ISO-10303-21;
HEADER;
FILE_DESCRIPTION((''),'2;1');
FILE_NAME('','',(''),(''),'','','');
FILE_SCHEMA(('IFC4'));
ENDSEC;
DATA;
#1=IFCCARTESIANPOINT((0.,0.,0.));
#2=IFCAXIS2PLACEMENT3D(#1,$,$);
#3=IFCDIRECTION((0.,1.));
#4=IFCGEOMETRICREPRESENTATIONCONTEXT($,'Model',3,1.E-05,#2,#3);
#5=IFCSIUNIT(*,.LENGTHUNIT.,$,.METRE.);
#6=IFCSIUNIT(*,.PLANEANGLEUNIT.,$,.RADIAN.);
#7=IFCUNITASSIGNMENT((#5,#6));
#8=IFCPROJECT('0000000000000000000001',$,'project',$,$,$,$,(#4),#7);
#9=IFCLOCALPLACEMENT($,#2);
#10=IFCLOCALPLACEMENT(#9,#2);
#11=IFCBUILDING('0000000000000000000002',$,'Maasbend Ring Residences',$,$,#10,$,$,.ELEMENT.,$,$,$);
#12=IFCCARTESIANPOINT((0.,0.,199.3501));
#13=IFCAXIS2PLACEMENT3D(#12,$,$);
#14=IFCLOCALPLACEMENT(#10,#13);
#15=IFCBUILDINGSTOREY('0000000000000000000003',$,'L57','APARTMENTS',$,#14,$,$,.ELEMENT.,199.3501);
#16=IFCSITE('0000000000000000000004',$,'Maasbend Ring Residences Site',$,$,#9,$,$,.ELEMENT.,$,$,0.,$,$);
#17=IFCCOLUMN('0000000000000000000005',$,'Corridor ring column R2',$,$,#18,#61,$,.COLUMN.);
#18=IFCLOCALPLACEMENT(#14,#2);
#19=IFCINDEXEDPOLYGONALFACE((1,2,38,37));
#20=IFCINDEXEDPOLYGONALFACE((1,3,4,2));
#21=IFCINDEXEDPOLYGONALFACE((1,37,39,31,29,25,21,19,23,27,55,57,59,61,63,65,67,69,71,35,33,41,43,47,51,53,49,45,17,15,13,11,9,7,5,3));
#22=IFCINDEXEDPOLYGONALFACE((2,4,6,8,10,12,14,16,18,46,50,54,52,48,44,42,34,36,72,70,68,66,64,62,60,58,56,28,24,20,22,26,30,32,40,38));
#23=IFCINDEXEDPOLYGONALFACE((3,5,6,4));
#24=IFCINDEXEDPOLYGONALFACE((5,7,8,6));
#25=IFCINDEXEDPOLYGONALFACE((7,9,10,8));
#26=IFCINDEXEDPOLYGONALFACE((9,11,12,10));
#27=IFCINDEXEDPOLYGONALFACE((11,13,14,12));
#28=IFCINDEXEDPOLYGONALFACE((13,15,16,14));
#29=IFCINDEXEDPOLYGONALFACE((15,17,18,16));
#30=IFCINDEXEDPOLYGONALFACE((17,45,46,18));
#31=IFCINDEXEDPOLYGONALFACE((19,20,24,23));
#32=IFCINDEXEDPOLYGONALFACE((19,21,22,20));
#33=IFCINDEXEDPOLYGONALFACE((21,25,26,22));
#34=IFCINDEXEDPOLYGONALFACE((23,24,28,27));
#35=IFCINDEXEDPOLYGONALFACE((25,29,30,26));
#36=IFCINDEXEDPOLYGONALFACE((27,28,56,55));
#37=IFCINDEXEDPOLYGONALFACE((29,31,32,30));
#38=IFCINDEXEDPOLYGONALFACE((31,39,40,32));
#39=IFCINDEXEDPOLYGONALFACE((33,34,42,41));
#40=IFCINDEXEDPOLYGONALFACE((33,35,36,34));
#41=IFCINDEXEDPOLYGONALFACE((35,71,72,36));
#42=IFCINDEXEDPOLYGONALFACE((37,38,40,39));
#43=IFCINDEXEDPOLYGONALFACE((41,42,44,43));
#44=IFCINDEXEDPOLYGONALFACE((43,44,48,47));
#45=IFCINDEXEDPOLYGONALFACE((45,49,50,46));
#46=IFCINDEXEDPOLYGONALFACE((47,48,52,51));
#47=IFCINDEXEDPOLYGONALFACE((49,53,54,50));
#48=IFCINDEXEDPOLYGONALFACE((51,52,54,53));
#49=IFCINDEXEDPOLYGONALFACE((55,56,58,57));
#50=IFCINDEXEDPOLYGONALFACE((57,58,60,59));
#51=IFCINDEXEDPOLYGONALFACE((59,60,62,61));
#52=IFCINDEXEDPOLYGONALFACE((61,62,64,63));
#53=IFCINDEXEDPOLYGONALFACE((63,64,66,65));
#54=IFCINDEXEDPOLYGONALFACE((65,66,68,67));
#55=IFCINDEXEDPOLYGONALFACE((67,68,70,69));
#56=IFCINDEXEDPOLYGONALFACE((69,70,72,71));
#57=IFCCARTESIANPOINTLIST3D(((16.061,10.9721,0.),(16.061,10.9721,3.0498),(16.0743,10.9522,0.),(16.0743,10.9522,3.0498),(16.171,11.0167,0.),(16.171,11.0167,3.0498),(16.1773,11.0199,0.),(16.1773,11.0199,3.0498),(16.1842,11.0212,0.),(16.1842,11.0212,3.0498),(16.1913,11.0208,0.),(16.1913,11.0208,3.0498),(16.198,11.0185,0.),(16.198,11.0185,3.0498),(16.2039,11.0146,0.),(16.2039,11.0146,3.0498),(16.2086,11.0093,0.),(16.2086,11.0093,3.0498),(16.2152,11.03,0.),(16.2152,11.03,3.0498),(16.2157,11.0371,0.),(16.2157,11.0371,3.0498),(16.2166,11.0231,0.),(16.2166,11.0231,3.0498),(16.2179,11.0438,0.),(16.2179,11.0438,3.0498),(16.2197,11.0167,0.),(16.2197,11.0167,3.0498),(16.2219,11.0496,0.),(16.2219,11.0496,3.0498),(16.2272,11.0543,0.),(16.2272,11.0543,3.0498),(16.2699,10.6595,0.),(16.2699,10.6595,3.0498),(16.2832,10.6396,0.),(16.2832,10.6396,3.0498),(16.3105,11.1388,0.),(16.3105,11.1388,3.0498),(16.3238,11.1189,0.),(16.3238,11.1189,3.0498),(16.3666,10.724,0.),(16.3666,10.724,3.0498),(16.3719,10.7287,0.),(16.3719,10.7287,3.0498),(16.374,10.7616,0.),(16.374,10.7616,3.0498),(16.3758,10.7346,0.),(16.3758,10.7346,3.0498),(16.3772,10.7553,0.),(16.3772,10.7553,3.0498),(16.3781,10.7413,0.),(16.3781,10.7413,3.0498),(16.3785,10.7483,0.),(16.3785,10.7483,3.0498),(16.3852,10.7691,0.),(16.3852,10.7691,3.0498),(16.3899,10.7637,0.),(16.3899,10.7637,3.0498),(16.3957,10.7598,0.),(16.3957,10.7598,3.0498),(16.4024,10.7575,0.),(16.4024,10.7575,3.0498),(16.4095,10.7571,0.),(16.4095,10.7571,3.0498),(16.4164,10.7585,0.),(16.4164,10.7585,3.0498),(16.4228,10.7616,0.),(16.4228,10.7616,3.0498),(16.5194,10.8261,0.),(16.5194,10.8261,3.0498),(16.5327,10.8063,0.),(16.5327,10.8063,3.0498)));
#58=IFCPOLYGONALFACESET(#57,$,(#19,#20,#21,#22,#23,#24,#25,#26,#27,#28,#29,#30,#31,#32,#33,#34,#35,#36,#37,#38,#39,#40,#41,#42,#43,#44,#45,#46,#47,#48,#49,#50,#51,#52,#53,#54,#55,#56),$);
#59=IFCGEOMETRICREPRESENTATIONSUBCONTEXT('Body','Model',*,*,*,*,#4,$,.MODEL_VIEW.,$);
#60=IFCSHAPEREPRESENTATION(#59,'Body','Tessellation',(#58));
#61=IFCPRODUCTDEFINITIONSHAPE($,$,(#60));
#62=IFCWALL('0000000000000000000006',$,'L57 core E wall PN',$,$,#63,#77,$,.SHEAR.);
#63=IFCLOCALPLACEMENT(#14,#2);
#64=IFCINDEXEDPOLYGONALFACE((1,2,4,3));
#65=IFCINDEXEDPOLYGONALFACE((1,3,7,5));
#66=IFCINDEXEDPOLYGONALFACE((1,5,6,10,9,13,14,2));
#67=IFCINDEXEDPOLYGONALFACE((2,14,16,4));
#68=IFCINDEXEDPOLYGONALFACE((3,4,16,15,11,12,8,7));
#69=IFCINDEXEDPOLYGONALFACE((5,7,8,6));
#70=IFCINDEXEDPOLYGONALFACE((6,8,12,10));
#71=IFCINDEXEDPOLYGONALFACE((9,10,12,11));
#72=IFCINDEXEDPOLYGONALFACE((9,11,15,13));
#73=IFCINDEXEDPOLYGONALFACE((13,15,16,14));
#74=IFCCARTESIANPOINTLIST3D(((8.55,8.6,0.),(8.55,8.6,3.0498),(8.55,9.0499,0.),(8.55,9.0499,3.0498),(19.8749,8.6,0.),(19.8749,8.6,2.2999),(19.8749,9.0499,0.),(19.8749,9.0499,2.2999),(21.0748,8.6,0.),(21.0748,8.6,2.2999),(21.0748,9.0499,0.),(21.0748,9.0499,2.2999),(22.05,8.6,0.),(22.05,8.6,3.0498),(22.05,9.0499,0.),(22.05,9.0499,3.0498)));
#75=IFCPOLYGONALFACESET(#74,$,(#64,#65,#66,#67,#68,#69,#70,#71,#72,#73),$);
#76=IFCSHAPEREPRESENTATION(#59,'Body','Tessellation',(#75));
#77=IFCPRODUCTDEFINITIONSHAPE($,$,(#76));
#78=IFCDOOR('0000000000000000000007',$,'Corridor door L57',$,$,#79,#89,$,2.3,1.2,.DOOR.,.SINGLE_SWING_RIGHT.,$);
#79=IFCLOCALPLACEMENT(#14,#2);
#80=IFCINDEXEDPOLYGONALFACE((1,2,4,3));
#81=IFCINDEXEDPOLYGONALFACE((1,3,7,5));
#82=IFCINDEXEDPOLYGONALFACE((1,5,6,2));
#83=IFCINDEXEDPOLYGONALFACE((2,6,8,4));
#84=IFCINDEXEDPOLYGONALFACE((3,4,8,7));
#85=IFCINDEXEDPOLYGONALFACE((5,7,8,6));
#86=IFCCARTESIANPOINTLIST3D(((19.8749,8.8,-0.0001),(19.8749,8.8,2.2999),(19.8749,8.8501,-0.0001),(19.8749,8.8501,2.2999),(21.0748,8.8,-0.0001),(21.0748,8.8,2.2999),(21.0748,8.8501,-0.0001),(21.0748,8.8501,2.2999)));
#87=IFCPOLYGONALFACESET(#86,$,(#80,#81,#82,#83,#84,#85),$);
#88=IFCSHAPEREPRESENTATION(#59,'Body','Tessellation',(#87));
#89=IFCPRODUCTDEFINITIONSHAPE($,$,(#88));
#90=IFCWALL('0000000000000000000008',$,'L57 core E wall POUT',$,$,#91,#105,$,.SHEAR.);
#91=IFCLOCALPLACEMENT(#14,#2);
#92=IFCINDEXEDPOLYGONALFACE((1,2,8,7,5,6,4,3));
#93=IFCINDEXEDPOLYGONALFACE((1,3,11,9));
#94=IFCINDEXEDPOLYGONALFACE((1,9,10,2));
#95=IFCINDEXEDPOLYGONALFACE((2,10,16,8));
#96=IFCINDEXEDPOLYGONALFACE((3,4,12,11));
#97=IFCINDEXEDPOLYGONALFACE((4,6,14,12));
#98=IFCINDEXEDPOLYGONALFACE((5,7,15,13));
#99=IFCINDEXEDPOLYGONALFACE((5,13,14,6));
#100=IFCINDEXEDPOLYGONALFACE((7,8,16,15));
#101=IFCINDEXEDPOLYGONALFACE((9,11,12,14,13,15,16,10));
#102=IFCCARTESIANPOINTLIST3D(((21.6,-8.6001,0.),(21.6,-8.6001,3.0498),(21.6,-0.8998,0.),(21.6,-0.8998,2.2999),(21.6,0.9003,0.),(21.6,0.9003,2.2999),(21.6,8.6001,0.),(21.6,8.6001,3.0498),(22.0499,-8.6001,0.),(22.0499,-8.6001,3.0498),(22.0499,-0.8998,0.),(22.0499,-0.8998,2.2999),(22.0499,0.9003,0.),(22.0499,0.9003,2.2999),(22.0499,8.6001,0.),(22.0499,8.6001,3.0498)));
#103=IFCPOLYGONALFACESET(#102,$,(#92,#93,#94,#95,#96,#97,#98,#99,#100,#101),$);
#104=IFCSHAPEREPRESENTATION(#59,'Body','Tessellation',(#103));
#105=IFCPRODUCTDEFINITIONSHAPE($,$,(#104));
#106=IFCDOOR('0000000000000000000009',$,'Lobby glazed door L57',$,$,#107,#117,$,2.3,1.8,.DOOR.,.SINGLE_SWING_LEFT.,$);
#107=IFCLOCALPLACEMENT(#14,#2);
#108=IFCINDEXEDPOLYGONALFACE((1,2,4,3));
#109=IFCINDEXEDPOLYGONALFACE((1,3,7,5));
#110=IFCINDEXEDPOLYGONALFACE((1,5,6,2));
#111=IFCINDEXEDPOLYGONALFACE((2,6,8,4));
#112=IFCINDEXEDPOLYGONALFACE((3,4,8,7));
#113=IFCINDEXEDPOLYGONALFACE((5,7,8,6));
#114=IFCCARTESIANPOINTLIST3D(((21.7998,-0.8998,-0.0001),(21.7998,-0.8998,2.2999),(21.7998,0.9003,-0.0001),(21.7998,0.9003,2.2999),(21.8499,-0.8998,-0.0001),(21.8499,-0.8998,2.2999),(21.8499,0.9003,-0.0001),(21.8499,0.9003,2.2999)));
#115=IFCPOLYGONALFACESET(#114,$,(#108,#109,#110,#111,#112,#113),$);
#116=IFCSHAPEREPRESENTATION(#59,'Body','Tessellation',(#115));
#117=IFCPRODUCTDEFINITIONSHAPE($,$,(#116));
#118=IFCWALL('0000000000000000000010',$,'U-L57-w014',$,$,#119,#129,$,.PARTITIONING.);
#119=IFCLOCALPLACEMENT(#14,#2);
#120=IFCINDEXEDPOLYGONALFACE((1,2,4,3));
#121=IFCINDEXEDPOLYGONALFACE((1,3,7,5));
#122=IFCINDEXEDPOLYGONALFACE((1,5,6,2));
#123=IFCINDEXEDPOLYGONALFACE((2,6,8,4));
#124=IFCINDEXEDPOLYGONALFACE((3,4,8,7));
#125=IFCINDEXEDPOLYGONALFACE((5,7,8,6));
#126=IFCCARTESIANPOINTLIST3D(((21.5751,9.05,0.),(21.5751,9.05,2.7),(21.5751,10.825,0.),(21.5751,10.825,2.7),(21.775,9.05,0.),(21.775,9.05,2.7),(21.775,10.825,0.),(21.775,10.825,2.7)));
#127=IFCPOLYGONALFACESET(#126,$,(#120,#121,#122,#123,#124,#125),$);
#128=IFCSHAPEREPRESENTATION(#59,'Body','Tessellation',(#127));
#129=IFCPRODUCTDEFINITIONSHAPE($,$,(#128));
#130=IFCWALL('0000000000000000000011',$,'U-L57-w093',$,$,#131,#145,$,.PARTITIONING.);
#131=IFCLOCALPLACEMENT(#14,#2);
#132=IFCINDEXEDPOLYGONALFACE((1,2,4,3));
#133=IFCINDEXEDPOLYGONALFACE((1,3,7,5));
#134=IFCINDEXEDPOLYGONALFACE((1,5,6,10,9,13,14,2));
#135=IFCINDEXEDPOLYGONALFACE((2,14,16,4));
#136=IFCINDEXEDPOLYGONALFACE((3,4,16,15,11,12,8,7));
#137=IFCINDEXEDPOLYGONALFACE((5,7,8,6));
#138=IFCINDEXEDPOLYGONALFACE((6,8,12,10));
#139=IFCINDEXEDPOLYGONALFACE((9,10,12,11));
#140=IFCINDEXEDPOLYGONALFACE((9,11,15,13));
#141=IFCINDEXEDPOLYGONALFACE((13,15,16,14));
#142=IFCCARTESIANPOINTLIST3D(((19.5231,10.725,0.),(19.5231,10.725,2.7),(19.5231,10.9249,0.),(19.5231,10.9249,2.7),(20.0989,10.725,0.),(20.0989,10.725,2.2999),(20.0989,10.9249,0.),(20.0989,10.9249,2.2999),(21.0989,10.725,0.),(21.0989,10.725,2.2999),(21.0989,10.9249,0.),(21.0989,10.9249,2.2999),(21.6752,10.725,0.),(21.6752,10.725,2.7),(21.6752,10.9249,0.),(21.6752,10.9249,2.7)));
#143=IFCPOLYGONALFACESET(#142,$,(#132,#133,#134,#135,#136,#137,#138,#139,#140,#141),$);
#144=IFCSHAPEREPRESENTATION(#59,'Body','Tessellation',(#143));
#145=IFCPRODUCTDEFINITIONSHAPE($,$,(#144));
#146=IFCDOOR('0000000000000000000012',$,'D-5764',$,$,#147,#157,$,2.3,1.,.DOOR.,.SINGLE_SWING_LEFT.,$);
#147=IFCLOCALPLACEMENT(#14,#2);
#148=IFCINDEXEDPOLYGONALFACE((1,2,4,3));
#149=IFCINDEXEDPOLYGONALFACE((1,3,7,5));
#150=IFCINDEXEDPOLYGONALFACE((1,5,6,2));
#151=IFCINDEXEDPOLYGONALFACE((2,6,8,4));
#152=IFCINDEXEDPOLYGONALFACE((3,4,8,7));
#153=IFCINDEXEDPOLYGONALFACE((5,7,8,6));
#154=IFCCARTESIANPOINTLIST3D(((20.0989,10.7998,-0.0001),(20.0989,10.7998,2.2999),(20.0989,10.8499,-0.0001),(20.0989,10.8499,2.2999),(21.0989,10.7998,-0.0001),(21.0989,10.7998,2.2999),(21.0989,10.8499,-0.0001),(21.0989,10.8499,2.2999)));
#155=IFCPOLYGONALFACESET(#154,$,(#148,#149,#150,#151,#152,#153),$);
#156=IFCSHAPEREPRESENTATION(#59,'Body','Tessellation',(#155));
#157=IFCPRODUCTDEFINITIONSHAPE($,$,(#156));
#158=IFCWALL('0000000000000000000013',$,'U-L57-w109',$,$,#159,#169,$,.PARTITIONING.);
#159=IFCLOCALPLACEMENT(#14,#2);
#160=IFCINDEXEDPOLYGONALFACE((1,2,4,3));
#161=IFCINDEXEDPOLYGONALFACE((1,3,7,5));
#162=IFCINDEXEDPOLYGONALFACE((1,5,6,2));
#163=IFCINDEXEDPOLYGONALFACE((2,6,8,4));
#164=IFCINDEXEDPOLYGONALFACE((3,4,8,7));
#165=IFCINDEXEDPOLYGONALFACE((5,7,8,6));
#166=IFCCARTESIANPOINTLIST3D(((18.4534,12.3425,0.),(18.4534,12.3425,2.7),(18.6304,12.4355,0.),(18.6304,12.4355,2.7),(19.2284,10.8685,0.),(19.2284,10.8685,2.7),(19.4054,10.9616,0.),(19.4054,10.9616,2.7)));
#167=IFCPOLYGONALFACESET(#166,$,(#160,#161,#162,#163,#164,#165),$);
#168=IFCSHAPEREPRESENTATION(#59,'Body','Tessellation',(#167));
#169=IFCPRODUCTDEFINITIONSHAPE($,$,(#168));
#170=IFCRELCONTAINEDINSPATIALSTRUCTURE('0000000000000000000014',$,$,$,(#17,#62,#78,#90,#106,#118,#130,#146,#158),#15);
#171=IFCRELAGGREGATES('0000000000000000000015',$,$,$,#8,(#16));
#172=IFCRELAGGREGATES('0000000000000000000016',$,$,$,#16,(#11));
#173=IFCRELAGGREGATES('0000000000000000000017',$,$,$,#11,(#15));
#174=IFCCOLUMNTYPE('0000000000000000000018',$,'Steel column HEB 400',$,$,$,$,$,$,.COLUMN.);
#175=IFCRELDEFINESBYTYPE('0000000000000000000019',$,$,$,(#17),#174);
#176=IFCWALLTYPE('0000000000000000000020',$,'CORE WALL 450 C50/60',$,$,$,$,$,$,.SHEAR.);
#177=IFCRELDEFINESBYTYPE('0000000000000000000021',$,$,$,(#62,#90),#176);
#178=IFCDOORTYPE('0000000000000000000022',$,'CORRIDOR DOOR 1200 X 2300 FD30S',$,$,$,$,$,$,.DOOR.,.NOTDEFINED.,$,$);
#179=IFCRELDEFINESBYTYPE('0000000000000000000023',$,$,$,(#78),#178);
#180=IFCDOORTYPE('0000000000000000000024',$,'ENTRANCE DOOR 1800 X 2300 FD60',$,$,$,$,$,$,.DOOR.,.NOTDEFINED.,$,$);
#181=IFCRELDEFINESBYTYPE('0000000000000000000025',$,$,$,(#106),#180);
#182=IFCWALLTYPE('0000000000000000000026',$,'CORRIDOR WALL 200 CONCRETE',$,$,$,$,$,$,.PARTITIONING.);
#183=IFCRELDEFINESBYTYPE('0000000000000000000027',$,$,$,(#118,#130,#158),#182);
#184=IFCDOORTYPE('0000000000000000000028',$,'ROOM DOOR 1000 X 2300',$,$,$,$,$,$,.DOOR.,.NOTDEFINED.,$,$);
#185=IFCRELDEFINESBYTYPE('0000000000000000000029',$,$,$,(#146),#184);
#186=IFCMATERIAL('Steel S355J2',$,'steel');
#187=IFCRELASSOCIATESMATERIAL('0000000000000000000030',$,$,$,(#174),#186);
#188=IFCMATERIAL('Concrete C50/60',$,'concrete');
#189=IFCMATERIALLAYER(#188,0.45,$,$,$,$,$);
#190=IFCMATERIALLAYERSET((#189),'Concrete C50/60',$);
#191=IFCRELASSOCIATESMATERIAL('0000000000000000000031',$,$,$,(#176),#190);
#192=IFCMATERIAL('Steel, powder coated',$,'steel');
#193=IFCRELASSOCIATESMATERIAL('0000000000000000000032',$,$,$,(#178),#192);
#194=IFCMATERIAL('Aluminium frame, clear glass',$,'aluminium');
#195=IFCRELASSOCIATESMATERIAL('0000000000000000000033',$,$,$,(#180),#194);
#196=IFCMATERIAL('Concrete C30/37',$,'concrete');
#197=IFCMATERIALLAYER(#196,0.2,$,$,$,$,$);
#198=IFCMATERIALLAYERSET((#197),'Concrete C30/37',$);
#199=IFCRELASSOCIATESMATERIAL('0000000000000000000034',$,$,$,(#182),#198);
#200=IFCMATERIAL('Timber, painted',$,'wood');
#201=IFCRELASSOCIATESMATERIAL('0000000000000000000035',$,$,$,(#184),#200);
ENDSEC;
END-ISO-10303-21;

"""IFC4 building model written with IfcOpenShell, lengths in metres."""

from ifc_helpers import new_model, si_unit, direction, frame, frame_2d, origin, origin_2d, place, context, subcontext, project, spatial, rectangle, i_section, extrude, material, layer, layer_set, material_profile, profile_set, type_object, element, fill, save


model = new_model("IFC4")

# Units and contexts
model_context = context("Model", 3, precision=1e-05, world=origin(), true_north=direction((0.0, 1.0)))
body_context = subcontext(model_context, "Body", "Model", "MODEL_VIEW")
ifc_project = project(units=[si_unit("LENGTHUNIT", "METRE"), si_unit("PLANEANGLEUNIT", "RADIAN")], contexts=[model_context])

# Site, building, storey
site_placement = place(None, origin())
site = spatial("IfcSite", under=ifc_project, at=site_placement, Name="Maasbend Ring Residences Site", CompositionType="ELEMENT", RefElevation=0.0)
building_placement = place(site_placement, origin())
building = spatial("IfcBuilding", under=site, at=building_placement, Name="Maasbend Ring Residences", CompositionType="ELEMENT")
storey_placement = place(building_placement, frame((0.0, 0.0, 199.3501)))
storey = spatial("IfcBuildingStorey", under=building, at=storey_placement, Name="L57", Description="APARTMENTS", CompositionType="ELEMENT", Elevation=199.3501)

# Column
ifc_material_1 = material(Name="Steel S355J2", Category="steel")
ifc_material_profile = material_profile(ifc_material_1, i_section(OverallWidth=0.3, OverallDepth=0.3999, WebThickness=0.0134, FlangeThickness=0.0239, FilletRadius=0.0271, at=origin_2d()), Name="HEB 400")
ifc_profile_set = profile_set([ifc_material_profile], Name="Steel S355J2")
column_type = type_object("IfcColumnType", Name="Steel column HEB 400", PredefinedType="COLUMN", material=ifc_profile_set)
column_placement = place(storey_placement, frame((16.2969, 10.8892, 0.0), z_axis=(0.0, 0.0, 1.0), x_axis=(0.83147, 0.55557, 0.0)))
element("IfcColumn", 1, at=column_placement, inside=storey, type_object=column_type, Name="Corridor ring column R2", PredefinedType="COLUMN", context=body_context, shape_type="SweptSolid", body=[
    extrude(i_section(OverallWidth=0.3, OverallDepth=0.3999, WebThickness=0.0134, FlangeThickness=0.0239, FilletRadius=0.0271, at=origin_2d()), origin(), (0.0, 0.0, 1.0), 3.0498),
])

# Walls, openings, doors
ifc_material_2 = material(Name="Concrete C50/60", Category="concrete")
ifc_layer_1 = layer(ifc_material_2, 0.45)
ifc_layer_set_1 = layer_set([ifc_layer_1], Name="Concrete C50/60")
wall_type_1 = type_object("IfcWallType", Name="CORE WALL 450 C50/60", PredefinedType="SHEAR", material=ifc_layer_set_1)
wall_1_placement = place(storey_placement, frame((22.05, 8.825, 0.0), z_axis=(0.0, 0.0, 1.0), x_axis=(-1.0, 0.0, 0.0)))
wall_1 = element("IfcWall", 2, at=wall_1_placement, inside=storey, type_object=wall_type_1, Name="L57 core E wall PN", PredefinedType="SHEAR", context=body_context, shape_type="SweptSolid", body=[
    extrude(rectangle(XDim=13.5, YDim=0.45, at=frame_2d((6.75, 0.0))), origin(), (0.0, 0.0, 1.0), 3.0498),
])
opening_1_placement = place(wall_1_placement, frame((0.9751, 0.0, 0.0)))
opening_1 = element("IfcOpeningElement", 3, at=opening_1_placement, cuts=wall_1, PredefinedType="OPENING", context=body_context, shape_type="SweptSolid", body=[
    extrude(rectangle(XDim=1.2, YDim=2.3, at=frame_2d((0.6001, 1.1499))), frame((0.0, 0.2349, 0.0), z_axis=(0.0, -1.0, 0.0), x_axis=(1.0, 0.0, 0.0)), (0.0, 0.0, 1.0), 0.47),
])
ifc_material_3 = material(Name="Steel, powder coated", Category="steel")
door_type_1 = type_object("IfcDoorType", Name="CORRIDOR DOOR 1200 X 2300 FD30S", OperationType="NOTDEFINED", PredefinedType="DOOR", material=ifc_material_3)
door_1_placement = place(opening_1_placement, origin())
door_1 = element("IfcDoor", 4, at=door_1_placement, inside=storey, type_object=door_type_1, Name="Corridor door L57", OperationType="SINGLE_SWING_RIGHT", OverallHeight=2.3, OverallWidth=1.2, PredefinedType="DOOR", context=body_context, shape_type="SweptSolid", body=[
    extrude(rectangle(XDim=1.2, YDim=2.3, at=frame_2d((0.6001, 1.1499))), frame((0.0, 0.0249, 0.0), z_axis=(0.0, -1.0, 0.0), x_axis=(1.0, 0.0, 0.0)), (0.0, 0.0, 1.0), 0.05),
])
fill(opening_1, door_1)
wall_2_placement = place(storey_placement, frame((21.825, 8.6001, 0.0), z_axis=(0.0, 0.0, 1.0), x_axis=(0.0, -1.0, 0.0)))
wall_2 = element("IfcWall", 5, at=wall_2_placement, inside=storey, type_object=wall_type_1, Name="L57 core E wall POUT", PredefinedType="SHEAR", context=body_context, shape_type="SweptSolid", body=[
    extrude(rectangle(XDim=17.2002, YDim=0.45, at=frame_2d((8.6001, 0.0))), origin(), (0.0, 0.0, 1.0), 3.0498),
])
opening_2_placement = place(wall_2_placement, frame((7.7, 0.0, 0.0)))
opening_2 = element("IfcOpeningElement", 6, at=opening_2_placement, cuts=wall_2, PredefinedType="OPENING", context=body_context, shape_type="SweptSolid", body=[
    extrude(rectangle(XDim=1.8, YDim=2.3, at=frame_2d((0.8999, 1.1499))), frame((0.0, 0.2349, 0.0), z_axis=(0.0, -1.0, 0.0), x_axis=(1.0, 0.0, 0.0)), (0.0, 0.0, 1.0), 0.47),
])
ifc_material_4 = material(Name="Aluminium frame, clear glass", Category="aluminium")
door_type_2 = type_object("IfcDoorType", Name="ENTRANCE DOOR 1800 X 2300 FD60", OperationType="NOTDEFINED", PredefinedType="DOOR", material=ifc_material_4)
door_2_placement = place(opening_2_placement, origin())
door_2 = element("IfcDoor", 7, at=door_2_placement, inside=storey, type_object=door_type_2, Name="Lobby glazed door L57", OperationType="SINGLE_SWING_LEFT", OverallHeight=2.3, OverallWidth=1.8, PredefinedType="DOOR", context=body_context, shape_type="SweptSolid", body=[
    extrude(rectangle(XDim=1.8, YDim=2.3, at=frame_2d((0.8999, 1.1499))), frame((0.0, 0.0249, 0.0), z_axis=(0.0, -1.0, 0.0), x_axis=(1.0, 0.0, 0.0)), (0.0, 0.0, 1.0), 0.05),
])
fill(opening_2, door_2)

# Wall
ifc_material_5 = material(Name="Concrete C30/37", Category="concrete")
ifc_layer_2 = layer(ifc_material_5, 0.2)
ifc_layer_set_2 = layer_set([ifc_layer_2], Name="Concrete C30/37")
wall_type_2 = type_object("IfcWallType", Name="CORRIDOR WALL 200 CONCRETE", PredefinedType="PARTITIONING", material=ifc_layer_set_2)
wall_3_placement = place(storey_placement, frame((21.675, 9.05, 0.0), z_axis=(0.0, 0.0, 1.0), x_axis=(0.0, 1.0, 0.0)))
element("IfcWall", 8, at=wall_3_placement, inside=storey, type_object=wall_type_2, Name="U-L57-w014", PredefinedType="PARTITIONING", context=body_context, shape_type="SweptSolid", body=[
    extrude(rectangle(XDim=1.7749, YDim=0.2, at=frame_2d((0.8875, 0.0))), origin(), (0.0, 0.0, 1.0), 2.7),
])

# Wall, opening, door
wall_4_placement = place(storey_placement, frame((19.5229, 10.825, 0.0), z_axis=(0.0, 0.0, 1.0), x_axis=(1.0, 0.0, 0.0)))
wall_4 = element("IfcWall", 9, at=wall_4_placement, inside=storey, type_object=wall_type_2, Name="U-L57-w093", PredefinedType="PARTITIONING", context=body_context, shape_type="SweptSolid", body=[
    extrude(rectangle(XDim=2.1521, YDim=0.2, at=frame_2d((1.0762, 0.0))), origin(), (0.0, 0.0, 1.0), 2.7),
])
opening_3_placement = place(wall_4_placement, frame((0.5759, 0.0, 0.0)))
opening_3 = element("IfcOpeningElement", 10, at=opening_3_placement, cuts=wall_4, PredefinedType="OPENING", context=body_context, shape_type="SweptSolid", body=[
    extrude(rectangle(XDim=1.0, YDim=2.3, at=frame_2d((0.5, 1.1499))), frame((0.0, 0.1099, 0.0), z_axis=(0.0, -1.0, 0.0), x_axis=(1.0, 0.0, 0.0)), (0.0, 0.0, 1.0), 0.22),
])
ifc_material_6 = material(Name="Timber, painted", Category="wood")
door_type_3 = type_object("IfcDoorType", Name="ROOM DOOR 1000 X 2300", OperationType="NOTDEFINED", PredefinedType="DOOR", material=ifc_material_6)
door_3_placement = place(opening_3_placement, origin())
door_3 = element("IfcDoor", 11, at=door_3_placement, inside=storey, type_object=door_type_3, Name="D-5764", OperationType="SINGLE_SWING_LEFT", OverallHeight=2.3, OverallWidth=1.0, PredefinedType="DOOR", context=body_context, shape_type="SweptSolid", body=[
    extrude(rectangle(XDim=1.0, YDim=2.3, at=frame_2d((0.5, 1.1499))), frame((0.0, 0.0249, 0.0), z_axis=(0.0, -1.0, 0.0), x_axis=(1.0, 0.0, 0.0)), (0.0, 0.0, 1.0), 0.05),
])
fill(opening_3, door_3)

# Wall
wall_5_placement = place(storey_placement, frame((18.542, 12.3889, 0.0), z_axis=(0.0, 0.0, 1.0), x_axis=(0.46536, -0.885122, 0.0)))
element("IfcWall", 12, at=wall_5_placement, inside=storey, type_object=wall_type_2, Name="U-L57-w109", PredefinedType="PARTITIONING", context=body_context, shape_type="SweptSolid", body=[
    extrude(rectangle(XDim=1.6653, YDim=0.2, at=frame_2d((0.8325, 0.0))), origin(), (0.0, 0.0, 1.0), 2.7),
])

save(model, "model.ifc")
